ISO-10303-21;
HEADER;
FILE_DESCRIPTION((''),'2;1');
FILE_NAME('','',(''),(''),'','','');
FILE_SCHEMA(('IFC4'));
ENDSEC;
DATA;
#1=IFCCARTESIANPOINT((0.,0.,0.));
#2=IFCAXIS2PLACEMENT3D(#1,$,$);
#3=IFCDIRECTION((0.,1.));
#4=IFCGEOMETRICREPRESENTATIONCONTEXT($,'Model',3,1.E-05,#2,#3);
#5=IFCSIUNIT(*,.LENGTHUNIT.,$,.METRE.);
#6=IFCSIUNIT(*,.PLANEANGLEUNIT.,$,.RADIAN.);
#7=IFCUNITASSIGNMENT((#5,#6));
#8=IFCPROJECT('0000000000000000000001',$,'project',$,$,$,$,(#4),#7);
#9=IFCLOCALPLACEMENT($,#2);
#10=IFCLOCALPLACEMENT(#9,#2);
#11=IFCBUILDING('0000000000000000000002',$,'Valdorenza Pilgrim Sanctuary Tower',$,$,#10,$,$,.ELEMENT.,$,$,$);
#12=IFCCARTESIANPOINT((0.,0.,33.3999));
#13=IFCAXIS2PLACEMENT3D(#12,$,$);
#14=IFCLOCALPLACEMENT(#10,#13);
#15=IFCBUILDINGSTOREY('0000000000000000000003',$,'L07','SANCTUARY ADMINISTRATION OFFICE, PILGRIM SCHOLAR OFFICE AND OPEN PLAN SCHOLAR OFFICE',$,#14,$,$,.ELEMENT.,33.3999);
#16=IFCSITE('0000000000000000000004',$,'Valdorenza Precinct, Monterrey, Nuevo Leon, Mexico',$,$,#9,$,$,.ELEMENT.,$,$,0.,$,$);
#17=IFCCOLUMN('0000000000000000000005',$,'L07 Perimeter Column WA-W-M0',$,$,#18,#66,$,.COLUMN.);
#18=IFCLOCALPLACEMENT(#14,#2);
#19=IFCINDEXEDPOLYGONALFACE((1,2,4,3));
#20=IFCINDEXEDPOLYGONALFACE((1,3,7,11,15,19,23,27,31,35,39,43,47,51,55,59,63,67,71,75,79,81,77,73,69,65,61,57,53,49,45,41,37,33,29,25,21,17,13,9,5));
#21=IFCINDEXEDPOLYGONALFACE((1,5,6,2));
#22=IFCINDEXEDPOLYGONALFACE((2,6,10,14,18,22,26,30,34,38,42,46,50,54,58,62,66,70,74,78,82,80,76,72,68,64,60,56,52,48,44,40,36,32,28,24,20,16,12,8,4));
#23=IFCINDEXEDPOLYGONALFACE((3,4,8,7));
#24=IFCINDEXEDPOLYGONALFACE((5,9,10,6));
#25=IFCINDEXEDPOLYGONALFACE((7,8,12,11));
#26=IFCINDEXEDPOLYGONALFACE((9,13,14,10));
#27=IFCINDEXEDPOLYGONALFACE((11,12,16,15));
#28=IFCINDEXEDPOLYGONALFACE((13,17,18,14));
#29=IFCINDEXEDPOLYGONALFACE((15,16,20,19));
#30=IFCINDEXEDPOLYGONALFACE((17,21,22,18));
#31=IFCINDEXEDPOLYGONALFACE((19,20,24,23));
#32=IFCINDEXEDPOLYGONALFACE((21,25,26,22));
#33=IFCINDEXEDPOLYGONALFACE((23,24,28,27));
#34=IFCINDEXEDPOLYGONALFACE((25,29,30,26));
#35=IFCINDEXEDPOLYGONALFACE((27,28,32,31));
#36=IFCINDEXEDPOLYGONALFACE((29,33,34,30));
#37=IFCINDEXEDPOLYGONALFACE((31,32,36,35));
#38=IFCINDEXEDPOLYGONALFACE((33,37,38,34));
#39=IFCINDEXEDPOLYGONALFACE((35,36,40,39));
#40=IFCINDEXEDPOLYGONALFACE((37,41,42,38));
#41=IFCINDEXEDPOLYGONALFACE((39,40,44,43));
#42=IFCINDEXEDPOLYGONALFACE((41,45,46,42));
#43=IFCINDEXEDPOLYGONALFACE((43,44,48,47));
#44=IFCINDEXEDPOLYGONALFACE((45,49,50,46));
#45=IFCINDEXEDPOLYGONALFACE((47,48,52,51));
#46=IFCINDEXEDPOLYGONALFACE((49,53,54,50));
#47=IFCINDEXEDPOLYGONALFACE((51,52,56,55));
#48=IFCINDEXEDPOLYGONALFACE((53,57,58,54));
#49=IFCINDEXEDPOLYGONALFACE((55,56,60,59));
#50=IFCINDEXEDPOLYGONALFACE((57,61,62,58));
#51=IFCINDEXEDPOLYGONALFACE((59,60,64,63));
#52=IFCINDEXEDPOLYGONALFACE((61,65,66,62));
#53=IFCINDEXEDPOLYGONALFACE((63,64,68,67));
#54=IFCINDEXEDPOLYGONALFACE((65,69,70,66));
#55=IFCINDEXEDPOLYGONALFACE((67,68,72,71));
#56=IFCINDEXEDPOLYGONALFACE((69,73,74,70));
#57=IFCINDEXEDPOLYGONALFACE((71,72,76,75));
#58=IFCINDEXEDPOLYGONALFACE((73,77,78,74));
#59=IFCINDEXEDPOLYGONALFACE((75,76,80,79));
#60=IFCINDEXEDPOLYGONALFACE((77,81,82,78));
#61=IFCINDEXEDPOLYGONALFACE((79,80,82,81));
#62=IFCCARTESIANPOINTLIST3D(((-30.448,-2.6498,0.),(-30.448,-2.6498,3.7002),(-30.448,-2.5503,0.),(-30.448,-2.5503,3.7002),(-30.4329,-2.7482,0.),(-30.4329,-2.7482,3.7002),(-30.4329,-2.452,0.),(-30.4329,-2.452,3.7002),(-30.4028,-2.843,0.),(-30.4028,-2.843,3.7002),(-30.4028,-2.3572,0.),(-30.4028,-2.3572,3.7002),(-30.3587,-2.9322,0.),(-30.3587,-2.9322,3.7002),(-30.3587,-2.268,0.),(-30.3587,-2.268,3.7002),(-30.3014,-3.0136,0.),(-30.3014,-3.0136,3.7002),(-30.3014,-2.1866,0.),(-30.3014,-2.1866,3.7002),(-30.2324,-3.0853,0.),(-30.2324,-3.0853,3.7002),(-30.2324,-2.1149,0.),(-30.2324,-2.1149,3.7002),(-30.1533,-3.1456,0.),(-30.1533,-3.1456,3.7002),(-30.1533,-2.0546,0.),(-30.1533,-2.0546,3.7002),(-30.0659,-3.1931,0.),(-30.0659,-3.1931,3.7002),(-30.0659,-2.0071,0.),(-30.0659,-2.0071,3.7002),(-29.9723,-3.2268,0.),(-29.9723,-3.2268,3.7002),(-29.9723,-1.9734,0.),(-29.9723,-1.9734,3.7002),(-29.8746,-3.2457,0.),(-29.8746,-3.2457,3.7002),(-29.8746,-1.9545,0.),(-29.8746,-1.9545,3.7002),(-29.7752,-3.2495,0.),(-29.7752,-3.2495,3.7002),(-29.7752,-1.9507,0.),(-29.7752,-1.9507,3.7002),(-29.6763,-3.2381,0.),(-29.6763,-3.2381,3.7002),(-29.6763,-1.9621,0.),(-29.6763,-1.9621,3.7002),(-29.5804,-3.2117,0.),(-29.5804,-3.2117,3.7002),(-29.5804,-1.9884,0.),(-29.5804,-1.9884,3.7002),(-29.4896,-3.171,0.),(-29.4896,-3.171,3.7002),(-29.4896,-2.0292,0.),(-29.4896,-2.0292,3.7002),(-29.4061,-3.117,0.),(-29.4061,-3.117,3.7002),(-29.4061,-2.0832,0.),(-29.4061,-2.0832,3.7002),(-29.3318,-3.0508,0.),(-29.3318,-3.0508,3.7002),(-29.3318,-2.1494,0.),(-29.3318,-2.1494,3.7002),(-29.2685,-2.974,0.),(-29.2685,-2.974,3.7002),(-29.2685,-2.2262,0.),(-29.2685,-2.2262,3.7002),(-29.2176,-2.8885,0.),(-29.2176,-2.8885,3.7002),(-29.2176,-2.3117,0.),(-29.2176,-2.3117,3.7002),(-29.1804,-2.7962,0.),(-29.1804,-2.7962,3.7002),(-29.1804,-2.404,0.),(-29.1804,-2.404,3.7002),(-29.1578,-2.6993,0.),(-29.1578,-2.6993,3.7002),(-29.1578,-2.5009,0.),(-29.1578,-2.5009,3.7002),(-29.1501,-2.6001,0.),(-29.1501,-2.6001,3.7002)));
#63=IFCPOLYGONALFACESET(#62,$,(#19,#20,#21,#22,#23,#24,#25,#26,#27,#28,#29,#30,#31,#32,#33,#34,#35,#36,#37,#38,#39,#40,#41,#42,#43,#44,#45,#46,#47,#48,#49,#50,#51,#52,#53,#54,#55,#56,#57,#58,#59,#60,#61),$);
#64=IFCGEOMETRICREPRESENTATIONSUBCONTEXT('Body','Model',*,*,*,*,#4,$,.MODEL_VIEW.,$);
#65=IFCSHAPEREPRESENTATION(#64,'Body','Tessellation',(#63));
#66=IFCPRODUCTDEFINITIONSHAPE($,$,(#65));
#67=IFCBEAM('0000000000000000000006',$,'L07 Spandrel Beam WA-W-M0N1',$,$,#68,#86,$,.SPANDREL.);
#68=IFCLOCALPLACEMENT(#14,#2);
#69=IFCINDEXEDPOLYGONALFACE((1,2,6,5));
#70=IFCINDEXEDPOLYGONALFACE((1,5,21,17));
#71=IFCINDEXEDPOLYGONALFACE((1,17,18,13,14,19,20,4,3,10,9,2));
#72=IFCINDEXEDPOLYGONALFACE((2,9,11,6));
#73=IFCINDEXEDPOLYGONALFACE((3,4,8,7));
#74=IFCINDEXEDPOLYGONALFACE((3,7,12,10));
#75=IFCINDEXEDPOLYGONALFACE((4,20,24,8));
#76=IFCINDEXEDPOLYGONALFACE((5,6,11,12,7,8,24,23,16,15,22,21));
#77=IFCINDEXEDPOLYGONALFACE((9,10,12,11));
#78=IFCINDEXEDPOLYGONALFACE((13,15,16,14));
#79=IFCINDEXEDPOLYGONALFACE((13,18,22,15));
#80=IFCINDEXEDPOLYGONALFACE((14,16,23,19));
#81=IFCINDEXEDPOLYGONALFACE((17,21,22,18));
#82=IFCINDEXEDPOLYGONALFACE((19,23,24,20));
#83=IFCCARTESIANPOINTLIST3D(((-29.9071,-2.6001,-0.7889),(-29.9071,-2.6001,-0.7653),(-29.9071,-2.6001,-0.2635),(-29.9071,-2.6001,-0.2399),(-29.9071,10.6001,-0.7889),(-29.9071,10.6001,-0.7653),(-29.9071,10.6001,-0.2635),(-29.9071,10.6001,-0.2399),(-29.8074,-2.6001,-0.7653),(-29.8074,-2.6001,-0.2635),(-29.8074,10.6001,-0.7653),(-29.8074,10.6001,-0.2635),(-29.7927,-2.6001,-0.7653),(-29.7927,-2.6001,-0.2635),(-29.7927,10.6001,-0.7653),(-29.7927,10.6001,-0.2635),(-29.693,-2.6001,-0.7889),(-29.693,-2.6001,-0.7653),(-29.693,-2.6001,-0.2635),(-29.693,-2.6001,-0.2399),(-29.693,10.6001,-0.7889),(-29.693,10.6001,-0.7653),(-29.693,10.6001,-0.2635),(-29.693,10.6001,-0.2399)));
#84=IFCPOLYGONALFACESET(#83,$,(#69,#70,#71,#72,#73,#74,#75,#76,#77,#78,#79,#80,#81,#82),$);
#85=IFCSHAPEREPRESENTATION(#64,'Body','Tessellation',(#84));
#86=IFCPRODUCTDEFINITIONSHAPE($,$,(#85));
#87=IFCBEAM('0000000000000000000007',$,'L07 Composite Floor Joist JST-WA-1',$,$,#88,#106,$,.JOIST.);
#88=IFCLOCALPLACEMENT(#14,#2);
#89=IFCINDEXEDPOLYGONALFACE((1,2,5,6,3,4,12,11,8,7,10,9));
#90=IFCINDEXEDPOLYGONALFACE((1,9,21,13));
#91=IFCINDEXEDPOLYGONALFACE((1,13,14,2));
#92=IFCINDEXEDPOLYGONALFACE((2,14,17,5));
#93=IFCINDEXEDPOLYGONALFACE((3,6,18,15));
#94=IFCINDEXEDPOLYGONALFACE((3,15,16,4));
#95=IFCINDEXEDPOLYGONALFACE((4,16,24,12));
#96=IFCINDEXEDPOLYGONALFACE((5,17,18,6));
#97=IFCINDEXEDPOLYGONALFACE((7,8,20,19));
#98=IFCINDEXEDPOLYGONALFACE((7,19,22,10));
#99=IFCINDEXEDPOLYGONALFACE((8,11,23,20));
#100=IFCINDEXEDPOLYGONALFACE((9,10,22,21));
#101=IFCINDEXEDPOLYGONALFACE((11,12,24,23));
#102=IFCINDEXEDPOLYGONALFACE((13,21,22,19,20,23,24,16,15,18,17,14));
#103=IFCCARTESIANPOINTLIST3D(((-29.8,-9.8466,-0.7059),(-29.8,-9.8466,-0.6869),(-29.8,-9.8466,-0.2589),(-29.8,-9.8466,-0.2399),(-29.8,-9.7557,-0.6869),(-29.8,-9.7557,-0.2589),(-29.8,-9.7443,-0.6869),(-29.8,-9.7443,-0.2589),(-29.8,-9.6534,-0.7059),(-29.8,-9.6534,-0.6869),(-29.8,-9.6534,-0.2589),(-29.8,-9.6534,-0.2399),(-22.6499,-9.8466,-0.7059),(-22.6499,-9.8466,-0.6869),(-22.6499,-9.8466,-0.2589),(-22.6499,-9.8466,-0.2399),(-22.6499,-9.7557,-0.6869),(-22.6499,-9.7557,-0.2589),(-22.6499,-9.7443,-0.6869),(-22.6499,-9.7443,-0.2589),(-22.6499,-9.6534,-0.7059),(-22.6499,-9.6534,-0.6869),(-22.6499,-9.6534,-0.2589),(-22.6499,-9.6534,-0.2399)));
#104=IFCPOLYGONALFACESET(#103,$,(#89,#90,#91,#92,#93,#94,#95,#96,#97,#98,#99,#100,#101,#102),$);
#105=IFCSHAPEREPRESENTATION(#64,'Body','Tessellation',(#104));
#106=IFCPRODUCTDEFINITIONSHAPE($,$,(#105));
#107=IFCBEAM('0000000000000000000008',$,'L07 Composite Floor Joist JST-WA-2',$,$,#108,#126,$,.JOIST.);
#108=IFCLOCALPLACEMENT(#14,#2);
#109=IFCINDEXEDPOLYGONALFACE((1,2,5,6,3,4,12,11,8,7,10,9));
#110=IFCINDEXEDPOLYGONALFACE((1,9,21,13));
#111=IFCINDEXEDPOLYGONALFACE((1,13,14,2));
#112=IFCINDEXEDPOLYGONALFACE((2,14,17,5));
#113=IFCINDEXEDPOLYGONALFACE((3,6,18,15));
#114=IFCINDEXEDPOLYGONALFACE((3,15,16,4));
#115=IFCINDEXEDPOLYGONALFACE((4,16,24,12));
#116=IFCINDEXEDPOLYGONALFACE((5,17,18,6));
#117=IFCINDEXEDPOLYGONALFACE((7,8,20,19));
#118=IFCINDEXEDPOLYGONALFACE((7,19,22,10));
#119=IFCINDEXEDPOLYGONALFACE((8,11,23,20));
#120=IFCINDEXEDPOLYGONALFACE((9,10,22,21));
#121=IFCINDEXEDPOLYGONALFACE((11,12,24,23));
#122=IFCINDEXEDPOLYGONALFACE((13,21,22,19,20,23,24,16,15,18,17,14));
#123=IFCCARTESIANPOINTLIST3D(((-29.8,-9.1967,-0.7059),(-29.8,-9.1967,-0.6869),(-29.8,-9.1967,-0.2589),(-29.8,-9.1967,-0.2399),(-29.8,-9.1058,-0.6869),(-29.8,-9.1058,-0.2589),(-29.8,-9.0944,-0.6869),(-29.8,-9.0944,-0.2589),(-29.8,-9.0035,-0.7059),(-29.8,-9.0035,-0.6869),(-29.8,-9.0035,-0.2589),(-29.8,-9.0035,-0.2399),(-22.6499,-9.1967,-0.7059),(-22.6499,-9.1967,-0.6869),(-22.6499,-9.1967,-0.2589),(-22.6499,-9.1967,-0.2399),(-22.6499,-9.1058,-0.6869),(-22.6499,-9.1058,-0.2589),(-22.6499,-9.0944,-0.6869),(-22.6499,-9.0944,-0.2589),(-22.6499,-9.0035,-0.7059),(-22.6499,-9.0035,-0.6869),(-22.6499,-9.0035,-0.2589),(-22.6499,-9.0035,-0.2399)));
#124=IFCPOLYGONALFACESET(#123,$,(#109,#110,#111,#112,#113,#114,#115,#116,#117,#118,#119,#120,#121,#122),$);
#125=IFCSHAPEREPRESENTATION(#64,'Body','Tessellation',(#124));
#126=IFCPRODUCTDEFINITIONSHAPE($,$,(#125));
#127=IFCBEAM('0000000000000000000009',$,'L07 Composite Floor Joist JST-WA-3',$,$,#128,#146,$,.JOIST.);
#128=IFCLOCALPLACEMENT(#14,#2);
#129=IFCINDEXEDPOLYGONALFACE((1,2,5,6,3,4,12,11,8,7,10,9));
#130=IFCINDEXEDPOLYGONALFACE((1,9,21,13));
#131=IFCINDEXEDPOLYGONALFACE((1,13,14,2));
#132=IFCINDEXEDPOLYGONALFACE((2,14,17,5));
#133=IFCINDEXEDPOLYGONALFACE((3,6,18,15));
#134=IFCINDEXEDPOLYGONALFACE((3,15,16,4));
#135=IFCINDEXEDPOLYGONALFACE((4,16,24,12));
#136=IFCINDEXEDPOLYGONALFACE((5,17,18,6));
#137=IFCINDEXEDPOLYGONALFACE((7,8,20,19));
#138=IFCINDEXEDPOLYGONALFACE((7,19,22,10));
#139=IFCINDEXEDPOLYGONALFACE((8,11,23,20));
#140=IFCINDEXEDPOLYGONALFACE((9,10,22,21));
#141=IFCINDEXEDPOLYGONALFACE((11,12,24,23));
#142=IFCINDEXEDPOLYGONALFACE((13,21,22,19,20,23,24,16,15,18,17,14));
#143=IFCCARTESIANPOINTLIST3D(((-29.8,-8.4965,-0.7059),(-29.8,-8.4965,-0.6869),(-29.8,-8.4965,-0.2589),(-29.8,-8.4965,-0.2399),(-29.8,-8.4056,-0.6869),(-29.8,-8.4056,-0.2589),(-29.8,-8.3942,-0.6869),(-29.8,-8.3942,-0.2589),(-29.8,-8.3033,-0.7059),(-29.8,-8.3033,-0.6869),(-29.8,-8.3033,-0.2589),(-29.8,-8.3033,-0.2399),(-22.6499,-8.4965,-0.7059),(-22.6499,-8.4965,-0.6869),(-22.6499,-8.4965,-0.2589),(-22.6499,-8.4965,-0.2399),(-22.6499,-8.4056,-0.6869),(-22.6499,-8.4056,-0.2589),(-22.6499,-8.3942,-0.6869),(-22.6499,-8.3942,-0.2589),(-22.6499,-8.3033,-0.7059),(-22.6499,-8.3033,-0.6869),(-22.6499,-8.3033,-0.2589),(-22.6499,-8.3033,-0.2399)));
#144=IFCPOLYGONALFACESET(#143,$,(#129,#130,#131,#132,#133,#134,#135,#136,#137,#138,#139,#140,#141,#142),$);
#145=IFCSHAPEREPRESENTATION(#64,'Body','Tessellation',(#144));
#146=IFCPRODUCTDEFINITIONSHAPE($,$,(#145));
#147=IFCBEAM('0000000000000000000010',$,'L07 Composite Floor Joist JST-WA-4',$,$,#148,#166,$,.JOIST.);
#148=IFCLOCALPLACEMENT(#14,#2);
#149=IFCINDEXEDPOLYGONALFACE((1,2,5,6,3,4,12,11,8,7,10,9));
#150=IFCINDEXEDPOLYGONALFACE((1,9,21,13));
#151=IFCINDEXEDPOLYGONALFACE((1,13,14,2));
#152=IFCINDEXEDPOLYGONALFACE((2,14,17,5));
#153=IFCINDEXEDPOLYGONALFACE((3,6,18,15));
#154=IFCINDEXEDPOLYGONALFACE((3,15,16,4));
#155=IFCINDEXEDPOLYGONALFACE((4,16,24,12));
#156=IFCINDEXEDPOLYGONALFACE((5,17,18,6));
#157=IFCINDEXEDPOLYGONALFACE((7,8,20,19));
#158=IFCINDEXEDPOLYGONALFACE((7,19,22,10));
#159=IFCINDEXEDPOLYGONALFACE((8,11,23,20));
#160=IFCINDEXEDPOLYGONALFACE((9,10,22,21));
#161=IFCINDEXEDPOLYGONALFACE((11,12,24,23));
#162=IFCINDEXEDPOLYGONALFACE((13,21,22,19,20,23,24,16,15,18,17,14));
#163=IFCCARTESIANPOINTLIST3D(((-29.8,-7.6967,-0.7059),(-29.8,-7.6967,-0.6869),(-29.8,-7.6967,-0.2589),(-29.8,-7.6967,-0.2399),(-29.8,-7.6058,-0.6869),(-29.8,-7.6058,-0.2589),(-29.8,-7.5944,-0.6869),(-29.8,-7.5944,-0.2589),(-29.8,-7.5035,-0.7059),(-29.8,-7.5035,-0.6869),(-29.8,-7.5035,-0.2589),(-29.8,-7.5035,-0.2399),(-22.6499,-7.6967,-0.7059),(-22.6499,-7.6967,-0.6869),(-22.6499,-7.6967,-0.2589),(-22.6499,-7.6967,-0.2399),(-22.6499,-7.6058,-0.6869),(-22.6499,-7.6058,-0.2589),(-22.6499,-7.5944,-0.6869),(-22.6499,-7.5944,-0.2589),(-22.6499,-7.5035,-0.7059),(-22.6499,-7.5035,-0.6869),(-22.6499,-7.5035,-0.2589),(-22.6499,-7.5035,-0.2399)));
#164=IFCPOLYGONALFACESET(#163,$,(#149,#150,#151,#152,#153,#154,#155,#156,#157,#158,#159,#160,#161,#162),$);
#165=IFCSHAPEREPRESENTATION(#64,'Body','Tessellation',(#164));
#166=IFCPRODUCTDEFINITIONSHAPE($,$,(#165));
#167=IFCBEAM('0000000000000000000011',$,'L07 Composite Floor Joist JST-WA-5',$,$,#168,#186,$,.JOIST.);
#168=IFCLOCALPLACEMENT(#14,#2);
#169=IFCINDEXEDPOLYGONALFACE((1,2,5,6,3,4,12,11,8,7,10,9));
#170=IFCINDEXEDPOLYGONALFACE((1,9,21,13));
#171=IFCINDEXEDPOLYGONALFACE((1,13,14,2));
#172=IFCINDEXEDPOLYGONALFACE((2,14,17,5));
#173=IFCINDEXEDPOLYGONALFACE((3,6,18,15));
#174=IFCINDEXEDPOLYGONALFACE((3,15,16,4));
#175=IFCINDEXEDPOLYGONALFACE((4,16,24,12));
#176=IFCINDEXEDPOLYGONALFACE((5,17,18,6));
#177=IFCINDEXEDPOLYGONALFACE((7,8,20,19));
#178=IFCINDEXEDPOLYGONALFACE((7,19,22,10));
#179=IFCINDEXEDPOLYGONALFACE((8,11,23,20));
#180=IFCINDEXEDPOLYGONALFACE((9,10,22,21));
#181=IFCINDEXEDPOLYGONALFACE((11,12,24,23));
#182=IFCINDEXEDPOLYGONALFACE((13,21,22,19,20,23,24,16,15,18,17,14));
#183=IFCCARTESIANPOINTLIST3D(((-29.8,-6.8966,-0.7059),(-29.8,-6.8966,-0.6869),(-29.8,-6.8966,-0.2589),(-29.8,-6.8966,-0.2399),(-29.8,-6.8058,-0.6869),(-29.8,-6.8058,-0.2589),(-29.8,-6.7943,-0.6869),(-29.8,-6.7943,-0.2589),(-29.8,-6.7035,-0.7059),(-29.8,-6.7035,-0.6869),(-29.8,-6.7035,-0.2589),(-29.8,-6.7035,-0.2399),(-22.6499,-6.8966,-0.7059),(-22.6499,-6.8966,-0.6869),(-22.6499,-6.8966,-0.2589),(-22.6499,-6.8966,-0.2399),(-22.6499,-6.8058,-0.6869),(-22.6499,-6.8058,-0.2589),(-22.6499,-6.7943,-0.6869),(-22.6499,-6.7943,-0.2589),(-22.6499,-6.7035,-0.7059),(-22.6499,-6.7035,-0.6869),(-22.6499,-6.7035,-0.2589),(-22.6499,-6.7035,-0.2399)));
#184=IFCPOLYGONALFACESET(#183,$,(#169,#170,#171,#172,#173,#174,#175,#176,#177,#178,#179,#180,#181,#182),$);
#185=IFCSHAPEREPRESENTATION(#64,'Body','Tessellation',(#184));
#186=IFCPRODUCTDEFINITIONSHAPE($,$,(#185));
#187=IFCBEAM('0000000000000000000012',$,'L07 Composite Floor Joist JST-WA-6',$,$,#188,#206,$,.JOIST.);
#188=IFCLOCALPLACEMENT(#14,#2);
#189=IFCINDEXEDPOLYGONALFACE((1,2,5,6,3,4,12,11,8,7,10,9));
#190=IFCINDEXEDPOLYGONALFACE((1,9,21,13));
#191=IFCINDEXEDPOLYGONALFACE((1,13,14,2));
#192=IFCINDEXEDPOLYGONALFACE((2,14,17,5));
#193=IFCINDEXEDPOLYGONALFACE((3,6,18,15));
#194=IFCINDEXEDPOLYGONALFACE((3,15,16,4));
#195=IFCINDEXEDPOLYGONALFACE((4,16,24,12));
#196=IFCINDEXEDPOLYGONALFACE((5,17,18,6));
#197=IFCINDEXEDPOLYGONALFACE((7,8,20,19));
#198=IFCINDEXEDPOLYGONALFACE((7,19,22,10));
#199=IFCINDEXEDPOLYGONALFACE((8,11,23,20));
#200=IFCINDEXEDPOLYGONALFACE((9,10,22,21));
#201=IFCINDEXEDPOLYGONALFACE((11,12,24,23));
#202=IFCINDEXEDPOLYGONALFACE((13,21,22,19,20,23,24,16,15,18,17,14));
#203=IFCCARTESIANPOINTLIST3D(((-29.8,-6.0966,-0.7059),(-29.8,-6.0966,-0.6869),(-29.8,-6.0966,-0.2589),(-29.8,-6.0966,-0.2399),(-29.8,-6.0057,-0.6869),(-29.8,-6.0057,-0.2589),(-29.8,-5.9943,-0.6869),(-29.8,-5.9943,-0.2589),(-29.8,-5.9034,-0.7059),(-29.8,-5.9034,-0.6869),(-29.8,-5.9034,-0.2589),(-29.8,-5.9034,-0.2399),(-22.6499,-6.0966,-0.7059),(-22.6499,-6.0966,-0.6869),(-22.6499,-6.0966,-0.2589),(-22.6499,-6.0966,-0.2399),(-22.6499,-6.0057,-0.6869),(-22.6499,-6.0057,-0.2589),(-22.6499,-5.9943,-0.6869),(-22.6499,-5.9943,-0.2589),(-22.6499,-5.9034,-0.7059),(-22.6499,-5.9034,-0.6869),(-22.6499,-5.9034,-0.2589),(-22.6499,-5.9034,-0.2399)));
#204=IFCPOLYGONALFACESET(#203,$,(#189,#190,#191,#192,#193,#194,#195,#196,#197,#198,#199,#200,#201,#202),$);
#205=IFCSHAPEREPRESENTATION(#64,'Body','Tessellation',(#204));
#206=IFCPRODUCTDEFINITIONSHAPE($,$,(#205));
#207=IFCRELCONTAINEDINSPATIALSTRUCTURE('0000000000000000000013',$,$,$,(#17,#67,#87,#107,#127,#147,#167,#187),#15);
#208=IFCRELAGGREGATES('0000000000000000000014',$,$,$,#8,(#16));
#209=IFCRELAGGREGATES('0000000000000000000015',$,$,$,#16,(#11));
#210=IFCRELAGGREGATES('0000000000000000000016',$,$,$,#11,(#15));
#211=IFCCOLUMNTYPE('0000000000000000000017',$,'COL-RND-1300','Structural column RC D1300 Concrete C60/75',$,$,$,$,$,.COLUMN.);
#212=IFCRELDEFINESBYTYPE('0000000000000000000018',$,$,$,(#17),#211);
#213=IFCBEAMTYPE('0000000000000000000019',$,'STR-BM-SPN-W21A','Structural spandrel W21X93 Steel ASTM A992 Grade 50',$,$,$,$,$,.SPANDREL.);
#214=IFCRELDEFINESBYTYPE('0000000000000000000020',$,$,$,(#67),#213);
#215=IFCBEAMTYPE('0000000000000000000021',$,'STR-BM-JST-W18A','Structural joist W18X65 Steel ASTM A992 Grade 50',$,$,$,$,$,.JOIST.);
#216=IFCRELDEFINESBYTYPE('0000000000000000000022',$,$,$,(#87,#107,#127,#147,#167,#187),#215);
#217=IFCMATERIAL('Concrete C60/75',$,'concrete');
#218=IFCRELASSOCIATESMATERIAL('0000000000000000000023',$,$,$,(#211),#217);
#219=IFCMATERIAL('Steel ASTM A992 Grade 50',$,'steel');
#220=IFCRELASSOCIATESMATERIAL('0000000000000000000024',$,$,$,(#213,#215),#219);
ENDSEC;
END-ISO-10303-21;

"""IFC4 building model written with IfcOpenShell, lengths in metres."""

from ifc_helpers import new_model, si_unit, direction, frame, origin, origin_2d, place, context, subcontext, project, spatial, circle, i_section, extrude, source, transform, mapped, material, material_profile, profile_set, type_object, element, save


model = new_model("IFC4")

# Units and contexts
model_context = context("Model", 3, precision=1e-05, world=origin(), true_north=direction((0.0, 1.0)))
body_context = subcontext(model_context, "Body", "Model", "MODEL_VIEW")
ifc_project = project(units=[si_unit("LENGTHUNIT", "METRE"), si_unit("PLANEANGLEUNIT", "RADIAN")], contexts=[model_context])

# Site, building, storey
site_placement = place(None, origin())
site = spatial("IfcSite", under=ifc_project, at=site_placement, Name="Valdorenza Precinct, Monterrey, Nuevo Leon, Mexico", CompositionType="ELEMENT", RefElevation=0.0)
building_placement = place(site_placement, origin())
building = spatial("IfcBuilding", under=site, at=building_placement, Name="Valdorenza Pilgrim Sanctuary Tower", CompositionType="ELEMENT")
storey_placement = place(building_placement, frame((0.0, 0.0, 33.3999)))
storey = spatial("IfcBuildingStorey", under=building, at=storey_placement, Name="L07", Description="SANCTUARY ADMINISTRATION OFFICE, PILGRIM SCHOLAR OFFICE AND OPEN PLAN SCHOLAR OFFICE", CompositionType="ELEMENT", Elevation=33.3999)

# Column
ifc_material_1 = material(Name="Concrete C60/75", Category="concrete")
ifc_material_profile_1 = material_profile(ifc_material_1, circle(Radius=0.6499, at=origin_2d()), Name="RC D1300")
ifc_profile_set_1 = profile_set([ifc_material_profile_1], Name="Concrete C60/75")
column_type = type_object("IfcColumnType", Name="COL-RND-1300", Description="Structural column RC D1300 Concrete C60/75", PredefinedType="COLUMN", material=ifc_profile_set_1)
shared_shape_1 = source(origin(), body_context, "Body", "SweptSolid", [
    extrude(circle(Radius=0.6499, at=origin_2d()), origin(), (0.0, 0.0, 1.0), 3.7002),
])
column_placement = place(storey_placement, frame((-29.8, -2.6001, 0.0), z_axis=(0.0, 0.0, 1.0), x_axis=(1.0, 0.0, 0.0)))
element("IfcColumn", 1, at=column_placement, inside=storey, type_object=column_type, Name="L07 Perimeter Column WA-W-M0", PredefinedType="COLUMN", context=body_context, shape_type="MappedRepresentation", body=[
    mapped(shared_shape_1, transform((0.0, 0.0, 0.0), x_axis=(1.0, 0.0, 0.0), y_axis=(0.0, 1.0, 0.0), z_axis=(0.0, 0.0, 1.0), scale=1.0)),
])

# Beams
ifc_material_2 = material(Name="Steel ASTM A992 Grade 50", Category="steel")
ifc_material_profile_2 = material_profile(ifc_material_2, i_section(OverallWidth=0.2141, OverallDepth=0.5491, WebThickness=0.0146, FlangeThickness=0.0237, at=origin_2d()), Name="W21X93")
ifc_profile_set_2 = profile_set([ifc_material_profile_2], Name="Steel ASTM A992 Grade 50")
beam_type_1 = type_object("IfcBeamType", Name="STR-BM-SPN-W21A", Description="Structural spandrel W21X93 Steel ASTM A992 Grade 50", PredefinedType="SPANDREL", material=ifc_profile_set_2)
shared_shape_2 = source(origin(), body_context, "Body", "SweptSolid", [
    extrude(i_section(OverallWidth=0.2141, OverallDepth=0.5491, WebThickness=0.0146, FlangeThickness=0.0237, at=origin_2d()), origin(), (0.0, 0.0, 1.0), 13.2002),
])
beam_1_placement = place(storey_placement, frame((-29.8, -2.6001, -0.5144), z_axis=(0.0, 1.0, 0.0), x_axis=(-1.0, 0.0, 0.0)))
element("IfcBeam", 2, at=beam_1_placement, inside=storey, type_object=beam_type_1, Name="L07 Spandrel Beam WA-W-M0N1", PredefinedType="SPANDREL", context=body_context, shape_type="MappedRepresentation", body=[
    mapped(shared_shape_2, transform((0.0, 0.0, 0.0), x_axis=(1.0, 0.0, 0.0), y_axis=(0.0, 1.0, 0.0), z_axis=(0.0, 0.0, 1.0), scale=1.0)),
])
ifc_material_profile_3 = material_profile(ifc_material_2, i_section(OverallWidth=0.1931, OverallDepth=0.4661, WebThickness=0.0115, FlangeThickness=0.019, at=origin_2d()), Name="W18X65")
ifc_profile_set_3 = profile_set([ifc_material_profile_3], Name="Steel ASTM A992 Grade 50")
beam_type_2 = type_object("IfcBeamType", Name="STR-BM-JST-W18A", Description="Structural joist W18X65 Steel ASTM A992 Grade 50", PredefinedType="JOIST", material=ifc_profile_set_3)
shared_shape_3 = source(origin(), body_context, "Body", "SweptSolid", [
    extrude(i_section(OverallWidth=0.1931, OverallDepth=0.4661, WebThickness=0.0115, FlangeThickness=0.019, at=origin_2d()), origin(), (0.0, 0.0, 1.0), 7.1501),
])
for number, where, z_axis, x_axis, name in (
    (3, (-29.8, -9.75, -0.4729), (1.0, 0.0, 0.0), (0.0, 1.0, 0.0), "L07 Composite Floor Joist JST-WA-1"),
    (4, (-29.8, -9.1001, -0.4729), (1.0, 0.0, 0.0), (0.0, 1.0, 0.0), "L07 Composite Floor Joist JST-WA-2"),
    (5, (-29.8, -8.3999, -0.4729), (1.0, 0.0, 0.0), (0.0, 1.0, 0.0), "L07 Composite Floor Joist JST-WA-3"),
    (6, (-29.8, -7.6001, -0.4729), (1.0, 0.0, 0.0), (0.0, 1.0, 0.0), "L07 Composite Floor Joist JST-WA-4"),
    (7, (-29.8, -6.8, -0.4729), (1.0, 0.0, 0.0), (0.0, 1.0, 0.0), "L07 Composite Floor Joist JST-WA-5"),
    (8, (-29.8, -6.0, -0.4729), (1.0, 0.0, 0.0), (0.0, 1.0, 0.0), "L07 Composite Floor Joist JST-WA-6"),
):
    element("IfcBeam", number, at=place(storey_placement, frame(where, z_axis=z_axis, x_axis=x_axis)), inside=storey, type_object=beam_type_2, Name=name, PredefinedType="JOIST", context=body_context, shape_type="MappedRepresentation", body=[
        mapped(shared_shape_3, transform((0.0, 0.0, 0.0), x_axis=(1.0, 0.0, 0.0), y_axis=(0.0, 1.0, 0.0), z_axis=(0.0, 0.0, 1.0), scale=1.0)),
    ])

save(model, "model.ifc")
